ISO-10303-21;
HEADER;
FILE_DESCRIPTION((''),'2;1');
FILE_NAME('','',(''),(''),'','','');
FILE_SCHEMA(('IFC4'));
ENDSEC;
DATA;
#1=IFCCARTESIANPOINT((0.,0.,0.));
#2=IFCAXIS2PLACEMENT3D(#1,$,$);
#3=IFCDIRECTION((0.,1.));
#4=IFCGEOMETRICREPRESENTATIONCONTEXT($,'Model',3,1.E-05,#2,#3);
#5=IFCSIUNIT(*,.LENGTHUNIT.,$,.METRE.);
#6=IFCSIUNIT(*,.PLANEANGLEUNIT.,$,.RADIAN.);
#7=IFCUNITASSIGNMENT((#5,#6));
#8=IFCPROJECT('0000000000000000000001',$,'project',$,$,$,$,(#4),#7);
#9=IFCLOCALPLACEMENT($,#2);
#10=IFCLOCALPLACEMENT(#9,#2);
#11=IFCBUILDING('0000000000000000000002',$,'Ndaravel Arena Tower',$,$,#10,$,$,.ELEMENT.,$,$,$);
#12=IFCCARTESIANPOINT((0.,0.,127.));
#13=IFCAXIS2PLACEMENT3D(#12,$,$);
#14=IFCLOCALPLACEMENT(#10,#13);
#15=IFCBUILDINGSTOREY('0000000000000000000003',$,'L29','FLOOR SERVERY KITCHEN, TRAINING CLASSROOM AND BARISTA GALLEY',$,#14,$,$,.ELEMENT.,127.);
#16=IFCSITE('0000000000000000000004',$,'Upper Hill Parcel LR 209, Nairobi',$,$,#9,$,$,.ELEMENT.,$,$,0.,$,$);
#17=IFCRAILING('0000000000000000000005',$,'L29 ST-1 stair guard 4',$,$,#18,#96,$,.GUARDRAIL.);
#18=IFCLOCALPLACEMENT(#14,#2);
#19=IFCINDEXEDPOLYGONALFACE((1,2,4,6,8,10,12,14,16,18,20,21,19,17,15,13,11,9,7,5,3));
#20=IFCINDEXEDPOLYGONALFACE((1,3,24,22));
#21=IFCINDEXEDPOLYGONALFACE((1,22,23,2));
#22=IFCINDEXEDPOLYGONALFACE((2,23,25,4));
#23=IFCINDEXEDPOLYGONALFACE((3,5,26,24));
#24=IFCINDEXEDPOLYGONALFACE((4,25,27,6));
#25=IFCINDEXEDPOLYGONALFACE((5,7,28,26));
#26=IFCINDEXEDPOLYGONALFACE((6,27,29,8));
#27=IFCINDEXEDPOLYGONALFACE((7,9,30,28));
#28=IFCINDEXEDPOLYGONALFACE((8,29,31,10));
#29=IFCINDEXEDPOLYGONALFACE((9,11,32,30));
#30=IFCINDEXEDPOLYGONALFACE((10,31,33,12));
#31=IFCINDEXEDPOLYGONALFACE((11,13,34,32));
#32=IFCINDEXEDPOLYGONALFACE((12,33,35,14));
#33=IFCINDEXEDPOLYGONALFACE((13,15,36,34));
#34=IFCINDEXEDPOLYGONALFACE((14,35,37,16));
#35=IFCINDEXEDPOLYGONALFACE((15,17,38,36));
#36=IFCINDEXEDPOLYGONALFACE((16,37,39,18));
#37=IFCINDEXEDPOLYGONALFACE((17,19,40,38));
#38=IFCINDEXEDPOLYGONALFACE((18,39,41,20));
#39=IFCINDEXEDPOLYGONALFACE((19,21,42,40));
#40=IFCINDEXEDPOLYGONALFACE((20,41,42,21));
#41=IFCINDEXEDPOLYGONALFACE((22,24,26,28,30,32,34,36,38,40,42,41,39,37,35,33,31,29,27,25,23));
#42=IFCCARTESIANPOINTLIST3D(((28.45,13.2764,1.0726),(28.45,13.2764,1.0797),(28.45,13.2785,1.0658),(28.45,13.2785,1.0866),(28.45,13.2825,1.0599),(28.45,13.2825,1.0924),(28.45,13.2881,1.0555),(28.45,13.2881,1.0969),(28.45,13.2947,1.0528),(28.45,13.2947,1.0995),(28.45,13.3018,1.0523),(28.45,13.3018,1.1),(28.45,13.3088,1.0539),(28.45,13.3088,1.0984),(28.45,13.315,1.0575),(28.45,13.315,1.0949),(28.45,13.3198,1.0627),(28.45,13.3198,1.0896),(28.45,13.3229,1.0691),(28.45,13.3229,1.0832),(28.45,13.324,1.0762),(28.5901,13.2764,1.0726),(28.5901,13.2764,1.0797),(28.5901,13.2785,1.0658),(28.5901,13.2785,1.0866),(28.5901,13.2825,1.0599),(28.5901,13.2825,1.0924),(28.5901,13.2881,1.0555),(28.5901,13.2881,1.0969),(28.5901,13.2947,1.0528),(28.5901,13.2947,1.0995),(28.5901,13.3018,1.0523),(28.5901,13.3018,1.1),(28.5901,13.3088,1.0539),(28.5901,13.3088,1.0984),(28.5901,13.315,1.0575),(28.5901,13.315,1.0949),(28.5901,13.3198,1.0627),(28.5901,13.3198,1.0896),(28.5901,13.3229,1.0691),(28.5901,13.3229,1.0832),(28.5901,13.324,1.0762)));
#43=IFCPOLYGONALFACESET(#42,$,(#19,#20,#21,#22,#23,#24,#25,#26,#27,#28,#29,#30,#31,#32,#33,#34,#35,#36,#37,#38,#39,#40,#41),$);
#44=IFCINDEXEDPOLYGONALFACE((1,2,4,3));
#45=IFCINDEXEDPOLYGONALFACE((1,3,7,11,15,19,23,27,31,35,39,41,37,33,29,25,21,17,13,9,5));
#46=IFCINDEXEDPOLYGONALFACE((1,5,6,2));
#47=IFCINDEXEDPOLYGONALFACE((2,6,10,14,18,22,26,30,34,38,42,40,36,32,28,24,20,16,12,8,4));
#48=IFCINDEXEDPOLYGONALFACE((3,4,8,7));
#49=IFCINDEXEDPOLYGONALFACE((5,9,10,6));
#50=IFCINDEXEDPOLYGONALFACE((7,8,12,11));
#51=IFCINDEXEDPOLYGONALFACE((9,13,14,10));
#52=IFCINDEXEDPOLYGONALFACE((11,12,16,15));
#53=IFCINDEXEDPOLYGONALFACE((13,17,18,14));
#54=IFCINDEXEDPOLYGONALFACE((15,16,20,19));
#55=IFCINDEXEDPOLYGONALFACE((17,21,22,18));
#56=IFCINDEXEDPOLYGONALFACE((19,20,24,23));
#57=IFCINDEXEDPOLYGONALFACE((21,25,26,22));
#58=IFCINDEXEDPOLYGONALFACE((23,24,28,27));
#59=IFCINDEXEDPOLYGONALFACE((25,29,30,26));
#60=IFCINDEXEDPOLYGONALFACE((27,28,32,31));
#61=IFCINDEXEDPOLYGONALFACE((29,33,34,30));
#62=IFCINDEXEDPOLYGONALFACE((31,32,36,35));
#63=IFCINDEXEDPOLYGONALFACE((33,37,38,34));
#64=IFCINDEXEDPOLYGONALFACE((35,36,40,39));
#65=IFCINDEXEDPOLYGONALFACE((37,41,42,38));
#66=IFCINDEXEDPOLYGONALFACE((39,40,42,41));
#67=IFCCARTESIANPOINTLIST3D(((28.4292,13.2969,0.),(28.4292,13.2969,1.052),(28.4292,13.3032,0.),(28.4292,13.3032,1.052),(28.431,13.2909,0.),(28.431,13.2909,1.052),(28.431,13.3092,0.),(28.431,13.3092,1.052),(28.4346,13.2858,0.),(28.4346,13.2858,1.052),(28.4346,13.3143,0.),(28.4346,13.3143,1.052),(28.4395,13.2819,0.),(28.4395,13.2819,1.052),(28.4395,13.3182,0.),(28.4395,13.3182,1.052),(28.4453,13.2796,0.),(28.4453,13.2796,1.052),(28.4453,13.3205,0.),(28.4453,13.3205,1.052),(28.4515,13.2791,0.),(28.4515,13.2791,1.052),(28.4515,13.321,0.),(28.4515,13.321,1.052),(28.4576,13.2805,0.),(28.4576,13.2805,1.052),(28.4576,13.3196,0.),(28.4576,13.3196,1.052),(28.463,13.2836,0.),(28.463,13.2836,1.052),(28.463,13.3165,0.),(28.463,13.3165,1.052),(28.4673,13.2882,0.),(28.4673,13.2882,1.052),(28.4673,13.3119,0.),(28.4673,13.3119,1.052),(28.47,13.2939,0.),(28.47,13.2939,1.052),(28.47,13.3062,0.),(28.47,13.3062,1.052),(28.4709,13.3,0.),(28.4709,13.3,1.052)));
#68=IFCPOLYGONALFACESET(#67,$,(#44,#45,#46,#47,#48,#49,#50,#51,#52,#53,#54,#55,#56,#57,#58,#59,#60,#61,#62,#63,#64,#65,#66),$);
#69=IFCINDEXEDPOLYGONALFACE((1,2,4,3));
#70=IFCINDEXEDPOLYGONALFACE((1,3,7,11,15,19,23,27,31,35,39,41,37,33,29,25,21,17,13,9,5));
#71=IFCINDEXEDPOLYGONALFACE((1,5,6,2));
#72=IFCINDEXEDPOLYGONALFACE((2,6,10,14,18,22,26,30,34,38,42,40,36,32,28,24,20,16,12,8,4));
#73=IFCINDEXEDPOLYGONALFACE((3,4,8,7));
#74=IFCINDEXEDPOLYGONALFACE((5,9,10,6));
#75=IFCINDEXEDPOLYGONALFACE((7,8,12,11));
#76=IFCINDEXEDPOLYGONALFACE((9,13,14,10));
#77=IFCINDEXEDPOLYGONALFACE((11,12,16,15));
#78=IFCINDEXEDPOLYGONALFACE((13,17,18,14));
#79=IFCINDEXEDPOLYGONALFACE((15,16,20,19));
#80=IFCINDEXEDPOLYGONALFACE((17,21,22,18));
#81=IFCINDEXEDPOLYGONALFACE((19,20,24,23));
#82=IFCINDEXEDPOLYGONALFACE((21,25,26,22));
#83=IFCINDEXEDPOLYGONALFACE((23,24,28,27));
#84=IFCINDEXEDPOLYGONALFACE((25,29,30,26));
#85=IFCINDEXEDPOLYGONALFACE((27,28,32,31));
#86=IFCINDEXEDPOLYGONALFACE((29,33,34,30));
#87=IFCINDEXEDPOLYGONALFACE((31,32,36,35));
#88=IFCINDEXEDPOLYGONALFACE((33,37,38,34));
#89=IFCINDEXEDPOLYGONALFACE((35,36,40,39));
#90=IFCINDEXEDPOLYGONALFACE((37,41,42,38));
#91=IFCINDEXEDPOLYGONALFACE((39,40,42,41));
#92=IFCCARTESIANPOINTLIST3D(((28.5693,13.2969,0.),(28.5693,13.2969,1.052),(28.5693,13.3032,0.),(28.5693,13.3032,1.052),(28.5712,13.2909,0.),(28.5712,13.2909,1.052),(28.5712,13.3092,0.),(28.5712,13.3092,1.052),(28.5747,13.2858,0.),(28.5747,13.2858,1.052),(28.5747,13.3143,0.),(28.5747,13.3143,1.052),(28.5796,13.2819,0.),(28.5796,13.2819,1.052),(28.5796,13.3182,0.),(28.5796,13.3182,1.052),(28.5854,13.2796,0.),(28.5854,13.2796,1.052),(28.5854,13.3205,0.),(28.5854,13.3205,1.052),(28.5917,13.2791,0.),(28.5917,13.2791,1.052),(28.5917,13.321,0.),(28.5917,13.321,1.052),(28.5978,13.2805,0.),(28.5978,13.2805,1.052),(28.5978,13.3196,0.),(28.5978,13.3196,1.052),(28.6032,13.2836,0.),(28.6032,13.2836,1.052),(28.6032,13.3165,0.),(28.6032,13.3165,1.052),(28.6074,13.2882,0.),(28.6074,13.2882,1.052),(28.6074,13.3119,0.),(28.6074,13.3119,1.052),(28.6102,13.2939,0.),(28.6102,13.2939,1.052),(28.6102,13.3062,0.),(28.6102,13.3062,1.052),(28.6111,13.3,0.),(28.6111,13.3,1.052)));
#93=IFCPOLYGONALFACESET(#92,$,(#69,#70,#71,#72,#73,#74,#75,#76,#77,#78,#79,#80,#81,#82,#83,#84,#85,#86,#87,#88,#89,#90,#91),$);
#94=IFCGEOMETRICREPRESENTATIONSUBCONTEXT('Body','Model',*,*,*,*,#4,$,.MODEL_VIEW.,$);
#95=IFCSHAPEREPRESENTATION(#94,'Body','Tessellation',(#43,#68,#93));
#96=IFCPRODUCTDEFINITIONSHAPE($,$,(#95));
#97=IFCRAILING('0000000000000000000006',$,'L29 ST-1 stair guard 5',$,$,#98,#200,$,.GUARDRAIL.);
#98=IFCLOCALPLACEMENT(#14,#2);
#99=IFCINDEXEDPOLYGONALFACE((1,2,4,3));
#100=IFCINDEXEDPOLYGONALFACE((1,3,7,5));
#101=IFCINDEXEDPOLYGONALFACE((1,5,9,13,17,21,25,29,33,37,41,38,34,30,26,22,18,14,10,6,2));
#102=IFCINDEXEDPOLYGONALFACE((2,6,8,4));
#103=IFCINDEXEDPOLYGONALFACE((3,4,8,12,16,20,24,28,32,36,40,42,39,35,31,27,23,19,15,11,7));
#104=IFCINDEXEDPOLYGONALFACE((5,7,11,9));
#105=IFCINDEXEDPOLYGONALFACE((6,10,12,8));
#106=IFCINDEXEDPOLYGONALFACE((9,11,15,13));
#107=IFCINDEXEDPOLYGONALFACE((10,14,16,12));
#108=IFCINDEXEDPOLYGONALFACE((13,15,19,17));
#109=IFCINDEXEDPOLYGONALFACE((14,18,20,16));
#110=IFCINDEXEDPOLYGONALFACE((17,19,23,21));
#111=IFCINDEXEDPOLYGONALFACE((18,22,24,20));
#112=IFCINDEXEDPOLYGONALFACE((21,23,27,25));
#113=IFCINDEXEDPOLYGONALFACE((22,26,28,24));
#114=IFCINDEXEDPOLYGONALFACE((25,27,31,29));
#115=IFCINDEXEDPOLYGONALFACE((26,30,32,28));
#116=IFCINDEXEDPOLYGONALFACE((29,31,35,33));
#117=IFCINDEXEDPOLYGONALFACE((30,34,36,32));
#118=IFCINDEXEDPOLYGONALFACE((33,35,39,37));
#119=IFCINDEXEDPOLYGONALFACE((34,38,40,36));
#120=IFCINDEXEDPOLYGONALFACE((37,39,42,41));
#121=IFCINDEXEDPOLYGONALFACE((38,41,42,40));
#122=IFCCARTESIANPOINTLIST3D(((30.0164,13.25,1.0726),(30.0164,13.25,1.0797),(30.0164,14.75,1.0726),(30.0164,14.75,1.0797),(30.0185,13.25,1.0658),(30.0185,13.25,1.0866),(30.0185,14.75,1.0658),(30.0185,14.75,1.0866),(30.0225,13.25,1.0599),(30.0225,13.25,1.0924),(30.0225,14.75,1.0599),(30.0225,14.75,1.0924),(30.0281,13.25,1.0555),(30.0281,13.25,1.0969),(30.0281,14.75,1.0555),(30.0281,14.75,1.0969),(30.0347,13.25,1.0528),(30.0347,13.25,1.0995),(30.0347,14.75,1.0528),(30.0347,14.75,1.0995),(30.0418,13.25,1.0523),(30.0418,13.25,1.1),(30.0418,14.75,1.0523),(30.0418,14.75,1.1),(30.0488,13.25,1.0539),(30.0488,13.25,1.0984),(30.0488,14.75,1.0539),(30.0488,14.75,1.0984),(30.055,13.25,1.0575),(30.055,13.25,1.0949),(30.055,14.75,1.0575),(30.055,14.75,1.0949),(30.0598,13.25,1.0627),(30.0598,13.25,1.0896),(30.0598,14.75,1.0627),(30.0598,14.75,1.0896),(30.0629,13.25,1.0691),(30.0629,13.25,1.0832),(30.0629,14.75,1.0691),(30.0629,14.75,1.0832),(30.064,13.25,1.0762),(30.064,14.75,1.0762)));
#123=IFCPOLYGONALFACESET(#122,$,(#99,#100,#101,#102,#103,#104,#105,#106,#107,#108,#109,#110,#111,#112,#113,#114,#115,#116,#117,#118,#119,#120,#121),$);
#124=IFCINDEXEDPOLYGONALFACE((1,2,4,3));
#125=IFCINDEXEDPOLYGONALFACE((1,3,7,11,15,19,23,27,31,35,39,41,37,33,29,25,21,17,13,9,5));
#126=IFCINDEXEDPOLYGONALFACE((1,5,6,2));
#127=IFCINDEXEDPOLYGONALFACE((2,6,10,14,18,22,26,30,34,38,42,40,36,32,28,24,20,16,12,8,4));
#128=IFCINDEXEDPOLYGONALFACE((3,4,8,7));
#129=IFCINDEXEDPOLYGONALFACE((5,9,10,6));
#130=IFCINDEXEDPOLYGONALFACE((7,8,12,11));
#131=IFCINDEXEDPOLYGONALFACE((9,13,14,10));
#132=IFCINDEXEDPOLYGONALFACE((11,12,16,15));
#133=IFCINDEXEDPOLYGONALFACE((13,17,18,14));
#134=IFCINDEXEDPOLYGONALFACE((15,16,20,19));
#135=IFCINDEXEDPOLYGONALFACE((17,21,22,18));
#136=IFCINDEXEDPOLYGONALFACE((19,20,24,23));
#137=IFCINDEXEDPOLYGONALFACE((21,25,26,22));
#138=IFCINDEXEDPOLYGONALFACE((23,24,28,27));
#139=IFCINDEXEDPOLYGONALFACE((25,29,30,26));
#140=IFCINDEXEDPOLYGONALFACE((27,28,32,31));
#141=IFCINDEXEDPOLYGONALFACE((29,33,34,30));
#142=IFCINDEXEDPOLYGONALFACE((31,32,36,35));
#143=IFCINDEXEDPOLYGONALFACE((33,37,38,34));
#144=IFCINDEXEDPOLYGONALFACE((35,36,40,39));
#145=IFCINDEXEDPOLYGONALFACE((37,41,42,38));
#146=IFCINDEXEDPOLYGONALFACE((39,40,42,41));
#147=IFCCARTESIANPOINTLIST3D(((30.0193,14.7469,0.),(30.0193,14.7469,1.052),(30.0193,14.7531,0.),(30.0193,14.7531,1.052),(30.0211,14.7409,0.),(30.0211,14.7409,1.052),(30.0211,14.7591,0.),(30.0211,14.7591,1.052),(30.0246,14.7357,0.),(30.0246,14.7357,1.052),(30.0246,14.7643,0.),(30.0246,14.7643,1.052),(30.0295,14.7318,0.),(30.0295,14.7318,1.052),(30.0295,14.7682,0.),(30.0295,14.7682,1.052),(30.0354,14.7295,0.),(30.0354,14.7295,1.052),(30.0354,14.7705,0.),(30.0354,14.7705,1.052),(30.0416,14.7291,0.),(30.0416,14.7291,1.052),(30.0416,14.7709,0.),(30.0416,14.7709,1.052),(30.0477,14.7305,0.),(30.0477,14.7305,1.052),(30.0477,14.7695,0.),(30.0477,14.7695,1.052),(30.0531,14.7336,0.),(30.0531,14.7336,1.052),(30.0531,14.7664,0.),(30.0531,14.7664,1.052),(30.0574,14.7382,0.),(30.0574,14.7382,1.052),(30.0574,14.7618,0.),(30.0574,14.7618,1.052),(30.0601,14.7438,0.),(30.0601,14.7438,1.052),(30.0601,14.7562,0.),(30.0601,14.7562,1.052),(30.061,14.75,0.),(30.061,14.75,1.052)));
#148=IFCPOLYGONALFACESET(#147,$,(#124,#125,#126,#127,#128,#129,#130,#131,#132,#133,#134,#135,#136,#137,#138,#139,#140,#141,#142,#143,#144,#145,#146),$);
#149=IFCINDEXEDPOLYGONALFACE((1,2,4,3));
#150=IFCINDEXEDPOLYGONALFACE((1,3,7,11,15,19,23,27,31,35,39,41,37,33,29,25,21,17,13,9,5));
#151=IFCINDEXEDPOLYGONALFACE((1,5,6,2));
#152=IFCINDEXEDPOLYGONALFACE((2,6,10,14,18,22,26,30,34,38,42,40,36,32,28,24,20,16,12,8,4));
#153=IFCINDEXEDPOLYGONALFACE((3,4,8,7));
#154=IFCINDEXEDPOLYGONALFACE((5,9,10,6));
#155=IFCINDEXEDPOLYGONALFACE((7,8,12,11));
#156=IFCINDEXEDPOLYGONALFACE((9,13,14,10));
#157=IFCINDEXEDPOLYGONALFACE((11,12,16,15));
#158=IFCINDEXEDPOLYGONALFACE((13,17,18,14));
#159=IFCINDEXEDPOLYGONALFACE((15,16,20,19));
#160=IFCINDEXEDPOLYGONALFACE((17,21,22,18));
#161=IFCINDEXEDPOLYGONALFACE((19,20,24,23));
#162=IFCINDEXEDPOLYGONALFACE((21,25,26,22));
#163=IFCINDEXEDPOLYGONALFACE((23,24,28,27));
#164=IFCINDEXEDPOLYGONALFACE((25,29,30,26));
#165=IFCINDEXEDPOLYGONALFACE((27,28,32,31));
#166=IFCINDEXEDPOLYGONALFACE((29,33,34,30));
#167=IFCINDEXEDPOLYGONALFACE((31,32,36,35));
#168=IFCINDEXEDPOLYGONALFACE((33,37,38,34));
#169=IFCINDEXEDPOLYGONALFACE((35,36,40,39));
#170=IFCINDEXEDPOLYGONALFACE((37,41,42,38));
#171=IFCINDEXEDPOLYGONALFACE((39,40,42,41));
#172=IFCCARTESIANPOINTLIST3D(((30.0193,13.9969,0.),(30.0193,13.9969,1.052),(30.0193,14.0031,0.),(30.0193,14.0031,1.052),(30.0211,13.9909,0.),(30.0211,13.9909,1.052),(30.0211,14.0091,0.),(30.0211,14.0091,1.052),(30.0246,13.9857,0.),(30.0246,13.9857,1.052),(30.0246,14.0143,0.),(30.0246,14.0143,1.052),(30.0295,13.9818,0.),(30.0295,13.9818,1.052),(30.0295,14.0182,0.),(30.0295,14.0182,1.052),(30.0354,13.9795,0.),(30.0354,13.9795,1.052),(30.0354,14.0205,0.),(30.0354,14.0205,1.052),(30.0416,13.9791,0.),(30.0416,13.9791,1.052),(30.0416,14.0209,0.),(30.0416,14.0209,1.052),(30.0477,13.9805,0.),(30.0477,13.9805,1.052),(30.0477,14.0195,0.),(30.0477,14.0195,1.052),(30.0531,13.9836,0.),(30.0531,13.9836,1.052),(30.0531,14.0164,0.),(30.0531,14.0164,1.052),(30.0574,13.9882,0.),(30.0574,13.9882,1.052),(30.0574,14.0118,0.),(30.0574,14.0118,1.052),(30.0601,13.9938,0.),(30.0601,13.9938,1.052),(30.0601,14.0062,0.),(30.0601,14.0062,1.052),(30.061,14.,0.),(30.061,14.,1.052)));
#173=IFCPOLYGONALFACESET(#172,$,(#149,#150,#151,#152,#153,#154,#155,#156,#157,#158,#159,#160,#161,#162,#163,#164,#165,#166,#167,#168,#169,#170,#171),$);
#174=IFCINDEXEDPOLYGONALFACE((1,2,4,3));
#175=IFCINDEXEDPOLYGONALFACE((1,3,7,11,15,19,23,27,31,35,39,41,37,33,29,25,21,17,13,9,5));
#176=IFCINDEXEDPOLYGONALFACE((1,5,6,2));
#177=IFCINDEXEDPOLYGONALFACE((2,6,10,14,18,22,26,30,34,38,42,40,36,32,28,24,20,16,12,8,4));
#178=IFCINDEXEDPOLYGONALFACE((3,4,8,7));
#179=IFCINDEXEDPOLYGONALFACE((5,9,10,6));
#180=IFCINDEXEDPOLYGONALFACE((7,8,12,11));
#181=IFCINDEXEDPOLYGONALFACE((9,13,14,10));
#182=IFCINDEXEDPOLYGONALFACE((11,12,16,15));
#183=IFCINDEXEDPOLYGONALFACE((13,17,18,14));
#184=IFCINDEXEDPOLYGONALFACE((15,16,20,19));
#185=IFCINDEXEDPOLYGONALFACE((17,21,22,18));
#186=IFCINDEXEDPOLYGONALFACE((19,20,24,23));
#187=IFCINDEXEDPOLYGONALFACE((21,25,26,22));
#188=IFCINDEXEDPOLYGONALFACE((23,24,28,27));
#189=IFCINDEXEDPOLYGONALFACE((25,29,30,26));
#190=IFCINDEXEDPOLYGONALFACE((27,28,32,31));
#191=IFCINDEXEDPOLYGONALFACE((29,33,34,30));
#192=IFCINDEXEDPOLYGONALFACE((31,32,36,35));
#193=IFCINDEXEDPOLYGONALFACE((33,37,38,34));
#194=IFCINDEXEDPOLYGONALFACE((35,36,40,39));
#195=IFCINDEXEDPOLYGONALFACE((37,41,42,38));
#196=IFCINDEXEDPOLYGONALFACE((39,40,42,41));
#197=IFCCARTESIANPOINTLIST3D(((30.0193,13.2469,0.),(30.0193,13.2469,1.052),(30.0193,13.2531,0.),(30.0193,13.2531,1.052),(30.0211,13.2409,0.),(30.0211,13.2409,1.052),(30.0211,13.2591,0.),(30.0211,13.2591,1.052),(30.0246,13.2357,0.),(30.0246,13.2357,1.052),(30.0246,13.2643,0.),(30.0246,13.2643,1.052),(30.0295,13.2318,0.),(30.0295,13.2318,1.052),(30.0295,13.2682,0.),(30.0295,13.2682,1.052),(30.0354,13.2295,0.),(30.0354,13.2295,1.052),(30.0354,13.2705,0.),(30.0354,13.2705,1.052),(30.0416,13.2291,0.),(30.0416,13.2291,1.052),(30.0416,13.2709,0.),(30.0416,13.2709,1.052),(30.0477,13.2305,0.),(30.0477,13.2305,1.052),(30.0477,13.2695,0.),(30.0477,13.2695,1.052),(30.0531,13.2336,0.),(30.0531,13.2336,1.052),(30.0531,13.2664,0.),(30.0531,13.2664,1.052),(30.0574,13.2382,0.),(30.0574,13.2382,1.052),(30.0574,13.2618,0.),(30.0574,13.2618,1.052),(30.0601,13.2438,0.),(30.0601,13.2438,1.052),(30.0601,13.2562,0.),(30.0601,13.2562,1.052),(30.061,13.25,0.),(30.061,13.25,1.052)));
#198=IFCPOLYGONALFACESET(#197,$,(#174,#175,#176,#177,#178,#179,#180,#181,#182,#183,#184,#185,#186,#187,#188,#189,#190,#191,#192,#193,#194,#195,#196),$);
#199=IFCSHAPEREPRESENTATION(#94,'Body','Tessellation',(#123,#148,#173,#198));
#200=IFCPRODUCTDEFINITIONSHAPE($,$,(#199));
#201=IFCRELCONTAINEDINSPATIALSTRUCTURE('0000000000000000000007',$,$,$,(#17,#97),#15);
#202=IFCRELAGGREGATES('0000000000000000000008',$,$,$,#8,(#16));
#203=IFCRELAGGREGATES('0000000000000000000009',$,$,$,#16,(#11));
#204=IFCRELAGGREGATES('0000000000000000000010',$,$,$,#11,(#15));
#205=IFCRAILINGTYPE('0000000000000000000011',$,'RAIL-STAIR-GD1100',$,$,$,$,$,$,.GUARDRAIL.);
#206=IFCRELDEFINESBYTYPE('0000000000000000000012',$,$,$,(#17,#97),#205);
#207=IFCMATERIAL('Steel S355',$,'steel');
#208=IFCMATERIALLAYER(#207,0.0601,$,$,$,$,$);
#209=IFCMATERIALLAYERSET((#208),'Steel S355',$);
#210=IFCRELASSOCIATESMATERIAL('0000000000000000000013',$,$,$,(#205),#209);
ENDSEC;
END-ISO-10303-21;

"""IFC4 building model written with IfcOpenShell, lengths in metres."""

from ifc_helpers import new_model, si_unit, direction, frame, origin, origin_2d, place, context, subcontext, project, spatial, circle, extrude, material, layer, layer_set, type_object, element, save


model = new_model("IFC4")

# Units and contexts
model_context = context("Model", 3, precision=1e-05, world=origin(), true_north=direction((0.0, 1.0)))
body_context = subcontext(model_context, "Body", "Model", "MODEL_VIEW")
ifc_project = project(units=[si_unit("LENGTHUNIT", "METRE"), si_unit("PLANEANGLEUNIT", "RADIAN")], contexts=[model_context])

# Site, building, storey
site_placement = place(None, origin())
site = spatial("IfcSite", under=ifc_project, at=site_placement, Name="Upper Hill Parcel LR 209, Nairobi", CompositionType="ELEMENT", RefElevation=0.0)
building_placement = place(site_placement, origin())
building = spatial("IfcBuilding", under=site, at=building_placement, Name="Ndaravel Arena Tower", CompositionType="ELEMENT")
storey_placement = place(building_placement, frame((0.0, 0.0, 127.0)))
storey = spatial("IfcBuildingStorey", under=building, at=storey_placement, Name="L29", Description="FLOOR SERVERY KITCHEN, TRAINING CLASSROOM AND BARISTA GALLEY", CompositionType="ELEMENT", Elevation=127.0)

# Railings
ifc_material_1 = material(Name="Steel S355", Category="steel")
ifc_layer_1 = layer(ifc_material_1, 0.0601)
ifc_layer_set_1 = layer_set([ifc_layer_1], Name="Steel S355")
railing_type_1 = type_object("IfcRailingType", Name="RAIL-STAIR-GD1100", PredefinedType="GUARDRAIL", material=ifc_layer_set_1)
railing_1_placement = place(storey_placement, frame((28.45, 13.3, 0.0)))
element("IfcRailing", 1, at=railing_1_placement, inside=storey, type_object=railing_type_1, Name="L29 ST-1 stair guard 4", PredefinedType="GUARDRAIL", context=body_context, shape_type="SweptSolid", body=[
    extrude(circle(Radius=0.0239, at=origin_2d()), frame((0.0, 0.0, 1.0762), z_axis=(1.0, 0.0, 0.0), x_axis=(0.0, 1.0, 0.0)), (0.0, 0.0, 1.0), 0.1401),
    extrude(circle(Radius=0.021, at=origin_2d()), origin(), (0.0, 0.0, 1.0), 1.052),
    extrude(circle(Radius=0.021, at=origin_2d()), frame((0.1401, 0.0, 0.0)), (0.0, 0.0, 1.0), 1.052),
])
railing_2_placement = place(storey_placement, frame((30.04, 14.75, 0.0)))
element("IfcRailing", 2, at=railing_2_placement, inside=storey, type_object=railing_type_1, Name="L29 ST-1 stair guard 5", PredefinedType="GUARDRAIL", context=body_context, shape_type="SweptSolid", body=[
    extrude(circle(Radius=0.0239, at=origin_2d()), frame((0.0, 0.0, 1.0762), z_axis=(0.0, -1.0, 0.0), x_axis=(1.0, 0.0, 0.0)), (0.0, 0.0, 1.0), 1.5),
    extrude(circle(Radius=0.021, at=origin_2d()), origin(), (0.0, 0.0, 1.0), 1.052),
    extrude(circle(Radius=0.021, at=origin_2d()), frame((0.0, -0.75, 0.0)), (0.0, 0.0, 1.0), 1.052),
    extrude(circle(Radius=0.021, at=origin_2d()), frame((0.0, -1.5, 0.0)), (0.0, 0.0, 1.0), 1.052),
])

save(model, "model.ifc")
